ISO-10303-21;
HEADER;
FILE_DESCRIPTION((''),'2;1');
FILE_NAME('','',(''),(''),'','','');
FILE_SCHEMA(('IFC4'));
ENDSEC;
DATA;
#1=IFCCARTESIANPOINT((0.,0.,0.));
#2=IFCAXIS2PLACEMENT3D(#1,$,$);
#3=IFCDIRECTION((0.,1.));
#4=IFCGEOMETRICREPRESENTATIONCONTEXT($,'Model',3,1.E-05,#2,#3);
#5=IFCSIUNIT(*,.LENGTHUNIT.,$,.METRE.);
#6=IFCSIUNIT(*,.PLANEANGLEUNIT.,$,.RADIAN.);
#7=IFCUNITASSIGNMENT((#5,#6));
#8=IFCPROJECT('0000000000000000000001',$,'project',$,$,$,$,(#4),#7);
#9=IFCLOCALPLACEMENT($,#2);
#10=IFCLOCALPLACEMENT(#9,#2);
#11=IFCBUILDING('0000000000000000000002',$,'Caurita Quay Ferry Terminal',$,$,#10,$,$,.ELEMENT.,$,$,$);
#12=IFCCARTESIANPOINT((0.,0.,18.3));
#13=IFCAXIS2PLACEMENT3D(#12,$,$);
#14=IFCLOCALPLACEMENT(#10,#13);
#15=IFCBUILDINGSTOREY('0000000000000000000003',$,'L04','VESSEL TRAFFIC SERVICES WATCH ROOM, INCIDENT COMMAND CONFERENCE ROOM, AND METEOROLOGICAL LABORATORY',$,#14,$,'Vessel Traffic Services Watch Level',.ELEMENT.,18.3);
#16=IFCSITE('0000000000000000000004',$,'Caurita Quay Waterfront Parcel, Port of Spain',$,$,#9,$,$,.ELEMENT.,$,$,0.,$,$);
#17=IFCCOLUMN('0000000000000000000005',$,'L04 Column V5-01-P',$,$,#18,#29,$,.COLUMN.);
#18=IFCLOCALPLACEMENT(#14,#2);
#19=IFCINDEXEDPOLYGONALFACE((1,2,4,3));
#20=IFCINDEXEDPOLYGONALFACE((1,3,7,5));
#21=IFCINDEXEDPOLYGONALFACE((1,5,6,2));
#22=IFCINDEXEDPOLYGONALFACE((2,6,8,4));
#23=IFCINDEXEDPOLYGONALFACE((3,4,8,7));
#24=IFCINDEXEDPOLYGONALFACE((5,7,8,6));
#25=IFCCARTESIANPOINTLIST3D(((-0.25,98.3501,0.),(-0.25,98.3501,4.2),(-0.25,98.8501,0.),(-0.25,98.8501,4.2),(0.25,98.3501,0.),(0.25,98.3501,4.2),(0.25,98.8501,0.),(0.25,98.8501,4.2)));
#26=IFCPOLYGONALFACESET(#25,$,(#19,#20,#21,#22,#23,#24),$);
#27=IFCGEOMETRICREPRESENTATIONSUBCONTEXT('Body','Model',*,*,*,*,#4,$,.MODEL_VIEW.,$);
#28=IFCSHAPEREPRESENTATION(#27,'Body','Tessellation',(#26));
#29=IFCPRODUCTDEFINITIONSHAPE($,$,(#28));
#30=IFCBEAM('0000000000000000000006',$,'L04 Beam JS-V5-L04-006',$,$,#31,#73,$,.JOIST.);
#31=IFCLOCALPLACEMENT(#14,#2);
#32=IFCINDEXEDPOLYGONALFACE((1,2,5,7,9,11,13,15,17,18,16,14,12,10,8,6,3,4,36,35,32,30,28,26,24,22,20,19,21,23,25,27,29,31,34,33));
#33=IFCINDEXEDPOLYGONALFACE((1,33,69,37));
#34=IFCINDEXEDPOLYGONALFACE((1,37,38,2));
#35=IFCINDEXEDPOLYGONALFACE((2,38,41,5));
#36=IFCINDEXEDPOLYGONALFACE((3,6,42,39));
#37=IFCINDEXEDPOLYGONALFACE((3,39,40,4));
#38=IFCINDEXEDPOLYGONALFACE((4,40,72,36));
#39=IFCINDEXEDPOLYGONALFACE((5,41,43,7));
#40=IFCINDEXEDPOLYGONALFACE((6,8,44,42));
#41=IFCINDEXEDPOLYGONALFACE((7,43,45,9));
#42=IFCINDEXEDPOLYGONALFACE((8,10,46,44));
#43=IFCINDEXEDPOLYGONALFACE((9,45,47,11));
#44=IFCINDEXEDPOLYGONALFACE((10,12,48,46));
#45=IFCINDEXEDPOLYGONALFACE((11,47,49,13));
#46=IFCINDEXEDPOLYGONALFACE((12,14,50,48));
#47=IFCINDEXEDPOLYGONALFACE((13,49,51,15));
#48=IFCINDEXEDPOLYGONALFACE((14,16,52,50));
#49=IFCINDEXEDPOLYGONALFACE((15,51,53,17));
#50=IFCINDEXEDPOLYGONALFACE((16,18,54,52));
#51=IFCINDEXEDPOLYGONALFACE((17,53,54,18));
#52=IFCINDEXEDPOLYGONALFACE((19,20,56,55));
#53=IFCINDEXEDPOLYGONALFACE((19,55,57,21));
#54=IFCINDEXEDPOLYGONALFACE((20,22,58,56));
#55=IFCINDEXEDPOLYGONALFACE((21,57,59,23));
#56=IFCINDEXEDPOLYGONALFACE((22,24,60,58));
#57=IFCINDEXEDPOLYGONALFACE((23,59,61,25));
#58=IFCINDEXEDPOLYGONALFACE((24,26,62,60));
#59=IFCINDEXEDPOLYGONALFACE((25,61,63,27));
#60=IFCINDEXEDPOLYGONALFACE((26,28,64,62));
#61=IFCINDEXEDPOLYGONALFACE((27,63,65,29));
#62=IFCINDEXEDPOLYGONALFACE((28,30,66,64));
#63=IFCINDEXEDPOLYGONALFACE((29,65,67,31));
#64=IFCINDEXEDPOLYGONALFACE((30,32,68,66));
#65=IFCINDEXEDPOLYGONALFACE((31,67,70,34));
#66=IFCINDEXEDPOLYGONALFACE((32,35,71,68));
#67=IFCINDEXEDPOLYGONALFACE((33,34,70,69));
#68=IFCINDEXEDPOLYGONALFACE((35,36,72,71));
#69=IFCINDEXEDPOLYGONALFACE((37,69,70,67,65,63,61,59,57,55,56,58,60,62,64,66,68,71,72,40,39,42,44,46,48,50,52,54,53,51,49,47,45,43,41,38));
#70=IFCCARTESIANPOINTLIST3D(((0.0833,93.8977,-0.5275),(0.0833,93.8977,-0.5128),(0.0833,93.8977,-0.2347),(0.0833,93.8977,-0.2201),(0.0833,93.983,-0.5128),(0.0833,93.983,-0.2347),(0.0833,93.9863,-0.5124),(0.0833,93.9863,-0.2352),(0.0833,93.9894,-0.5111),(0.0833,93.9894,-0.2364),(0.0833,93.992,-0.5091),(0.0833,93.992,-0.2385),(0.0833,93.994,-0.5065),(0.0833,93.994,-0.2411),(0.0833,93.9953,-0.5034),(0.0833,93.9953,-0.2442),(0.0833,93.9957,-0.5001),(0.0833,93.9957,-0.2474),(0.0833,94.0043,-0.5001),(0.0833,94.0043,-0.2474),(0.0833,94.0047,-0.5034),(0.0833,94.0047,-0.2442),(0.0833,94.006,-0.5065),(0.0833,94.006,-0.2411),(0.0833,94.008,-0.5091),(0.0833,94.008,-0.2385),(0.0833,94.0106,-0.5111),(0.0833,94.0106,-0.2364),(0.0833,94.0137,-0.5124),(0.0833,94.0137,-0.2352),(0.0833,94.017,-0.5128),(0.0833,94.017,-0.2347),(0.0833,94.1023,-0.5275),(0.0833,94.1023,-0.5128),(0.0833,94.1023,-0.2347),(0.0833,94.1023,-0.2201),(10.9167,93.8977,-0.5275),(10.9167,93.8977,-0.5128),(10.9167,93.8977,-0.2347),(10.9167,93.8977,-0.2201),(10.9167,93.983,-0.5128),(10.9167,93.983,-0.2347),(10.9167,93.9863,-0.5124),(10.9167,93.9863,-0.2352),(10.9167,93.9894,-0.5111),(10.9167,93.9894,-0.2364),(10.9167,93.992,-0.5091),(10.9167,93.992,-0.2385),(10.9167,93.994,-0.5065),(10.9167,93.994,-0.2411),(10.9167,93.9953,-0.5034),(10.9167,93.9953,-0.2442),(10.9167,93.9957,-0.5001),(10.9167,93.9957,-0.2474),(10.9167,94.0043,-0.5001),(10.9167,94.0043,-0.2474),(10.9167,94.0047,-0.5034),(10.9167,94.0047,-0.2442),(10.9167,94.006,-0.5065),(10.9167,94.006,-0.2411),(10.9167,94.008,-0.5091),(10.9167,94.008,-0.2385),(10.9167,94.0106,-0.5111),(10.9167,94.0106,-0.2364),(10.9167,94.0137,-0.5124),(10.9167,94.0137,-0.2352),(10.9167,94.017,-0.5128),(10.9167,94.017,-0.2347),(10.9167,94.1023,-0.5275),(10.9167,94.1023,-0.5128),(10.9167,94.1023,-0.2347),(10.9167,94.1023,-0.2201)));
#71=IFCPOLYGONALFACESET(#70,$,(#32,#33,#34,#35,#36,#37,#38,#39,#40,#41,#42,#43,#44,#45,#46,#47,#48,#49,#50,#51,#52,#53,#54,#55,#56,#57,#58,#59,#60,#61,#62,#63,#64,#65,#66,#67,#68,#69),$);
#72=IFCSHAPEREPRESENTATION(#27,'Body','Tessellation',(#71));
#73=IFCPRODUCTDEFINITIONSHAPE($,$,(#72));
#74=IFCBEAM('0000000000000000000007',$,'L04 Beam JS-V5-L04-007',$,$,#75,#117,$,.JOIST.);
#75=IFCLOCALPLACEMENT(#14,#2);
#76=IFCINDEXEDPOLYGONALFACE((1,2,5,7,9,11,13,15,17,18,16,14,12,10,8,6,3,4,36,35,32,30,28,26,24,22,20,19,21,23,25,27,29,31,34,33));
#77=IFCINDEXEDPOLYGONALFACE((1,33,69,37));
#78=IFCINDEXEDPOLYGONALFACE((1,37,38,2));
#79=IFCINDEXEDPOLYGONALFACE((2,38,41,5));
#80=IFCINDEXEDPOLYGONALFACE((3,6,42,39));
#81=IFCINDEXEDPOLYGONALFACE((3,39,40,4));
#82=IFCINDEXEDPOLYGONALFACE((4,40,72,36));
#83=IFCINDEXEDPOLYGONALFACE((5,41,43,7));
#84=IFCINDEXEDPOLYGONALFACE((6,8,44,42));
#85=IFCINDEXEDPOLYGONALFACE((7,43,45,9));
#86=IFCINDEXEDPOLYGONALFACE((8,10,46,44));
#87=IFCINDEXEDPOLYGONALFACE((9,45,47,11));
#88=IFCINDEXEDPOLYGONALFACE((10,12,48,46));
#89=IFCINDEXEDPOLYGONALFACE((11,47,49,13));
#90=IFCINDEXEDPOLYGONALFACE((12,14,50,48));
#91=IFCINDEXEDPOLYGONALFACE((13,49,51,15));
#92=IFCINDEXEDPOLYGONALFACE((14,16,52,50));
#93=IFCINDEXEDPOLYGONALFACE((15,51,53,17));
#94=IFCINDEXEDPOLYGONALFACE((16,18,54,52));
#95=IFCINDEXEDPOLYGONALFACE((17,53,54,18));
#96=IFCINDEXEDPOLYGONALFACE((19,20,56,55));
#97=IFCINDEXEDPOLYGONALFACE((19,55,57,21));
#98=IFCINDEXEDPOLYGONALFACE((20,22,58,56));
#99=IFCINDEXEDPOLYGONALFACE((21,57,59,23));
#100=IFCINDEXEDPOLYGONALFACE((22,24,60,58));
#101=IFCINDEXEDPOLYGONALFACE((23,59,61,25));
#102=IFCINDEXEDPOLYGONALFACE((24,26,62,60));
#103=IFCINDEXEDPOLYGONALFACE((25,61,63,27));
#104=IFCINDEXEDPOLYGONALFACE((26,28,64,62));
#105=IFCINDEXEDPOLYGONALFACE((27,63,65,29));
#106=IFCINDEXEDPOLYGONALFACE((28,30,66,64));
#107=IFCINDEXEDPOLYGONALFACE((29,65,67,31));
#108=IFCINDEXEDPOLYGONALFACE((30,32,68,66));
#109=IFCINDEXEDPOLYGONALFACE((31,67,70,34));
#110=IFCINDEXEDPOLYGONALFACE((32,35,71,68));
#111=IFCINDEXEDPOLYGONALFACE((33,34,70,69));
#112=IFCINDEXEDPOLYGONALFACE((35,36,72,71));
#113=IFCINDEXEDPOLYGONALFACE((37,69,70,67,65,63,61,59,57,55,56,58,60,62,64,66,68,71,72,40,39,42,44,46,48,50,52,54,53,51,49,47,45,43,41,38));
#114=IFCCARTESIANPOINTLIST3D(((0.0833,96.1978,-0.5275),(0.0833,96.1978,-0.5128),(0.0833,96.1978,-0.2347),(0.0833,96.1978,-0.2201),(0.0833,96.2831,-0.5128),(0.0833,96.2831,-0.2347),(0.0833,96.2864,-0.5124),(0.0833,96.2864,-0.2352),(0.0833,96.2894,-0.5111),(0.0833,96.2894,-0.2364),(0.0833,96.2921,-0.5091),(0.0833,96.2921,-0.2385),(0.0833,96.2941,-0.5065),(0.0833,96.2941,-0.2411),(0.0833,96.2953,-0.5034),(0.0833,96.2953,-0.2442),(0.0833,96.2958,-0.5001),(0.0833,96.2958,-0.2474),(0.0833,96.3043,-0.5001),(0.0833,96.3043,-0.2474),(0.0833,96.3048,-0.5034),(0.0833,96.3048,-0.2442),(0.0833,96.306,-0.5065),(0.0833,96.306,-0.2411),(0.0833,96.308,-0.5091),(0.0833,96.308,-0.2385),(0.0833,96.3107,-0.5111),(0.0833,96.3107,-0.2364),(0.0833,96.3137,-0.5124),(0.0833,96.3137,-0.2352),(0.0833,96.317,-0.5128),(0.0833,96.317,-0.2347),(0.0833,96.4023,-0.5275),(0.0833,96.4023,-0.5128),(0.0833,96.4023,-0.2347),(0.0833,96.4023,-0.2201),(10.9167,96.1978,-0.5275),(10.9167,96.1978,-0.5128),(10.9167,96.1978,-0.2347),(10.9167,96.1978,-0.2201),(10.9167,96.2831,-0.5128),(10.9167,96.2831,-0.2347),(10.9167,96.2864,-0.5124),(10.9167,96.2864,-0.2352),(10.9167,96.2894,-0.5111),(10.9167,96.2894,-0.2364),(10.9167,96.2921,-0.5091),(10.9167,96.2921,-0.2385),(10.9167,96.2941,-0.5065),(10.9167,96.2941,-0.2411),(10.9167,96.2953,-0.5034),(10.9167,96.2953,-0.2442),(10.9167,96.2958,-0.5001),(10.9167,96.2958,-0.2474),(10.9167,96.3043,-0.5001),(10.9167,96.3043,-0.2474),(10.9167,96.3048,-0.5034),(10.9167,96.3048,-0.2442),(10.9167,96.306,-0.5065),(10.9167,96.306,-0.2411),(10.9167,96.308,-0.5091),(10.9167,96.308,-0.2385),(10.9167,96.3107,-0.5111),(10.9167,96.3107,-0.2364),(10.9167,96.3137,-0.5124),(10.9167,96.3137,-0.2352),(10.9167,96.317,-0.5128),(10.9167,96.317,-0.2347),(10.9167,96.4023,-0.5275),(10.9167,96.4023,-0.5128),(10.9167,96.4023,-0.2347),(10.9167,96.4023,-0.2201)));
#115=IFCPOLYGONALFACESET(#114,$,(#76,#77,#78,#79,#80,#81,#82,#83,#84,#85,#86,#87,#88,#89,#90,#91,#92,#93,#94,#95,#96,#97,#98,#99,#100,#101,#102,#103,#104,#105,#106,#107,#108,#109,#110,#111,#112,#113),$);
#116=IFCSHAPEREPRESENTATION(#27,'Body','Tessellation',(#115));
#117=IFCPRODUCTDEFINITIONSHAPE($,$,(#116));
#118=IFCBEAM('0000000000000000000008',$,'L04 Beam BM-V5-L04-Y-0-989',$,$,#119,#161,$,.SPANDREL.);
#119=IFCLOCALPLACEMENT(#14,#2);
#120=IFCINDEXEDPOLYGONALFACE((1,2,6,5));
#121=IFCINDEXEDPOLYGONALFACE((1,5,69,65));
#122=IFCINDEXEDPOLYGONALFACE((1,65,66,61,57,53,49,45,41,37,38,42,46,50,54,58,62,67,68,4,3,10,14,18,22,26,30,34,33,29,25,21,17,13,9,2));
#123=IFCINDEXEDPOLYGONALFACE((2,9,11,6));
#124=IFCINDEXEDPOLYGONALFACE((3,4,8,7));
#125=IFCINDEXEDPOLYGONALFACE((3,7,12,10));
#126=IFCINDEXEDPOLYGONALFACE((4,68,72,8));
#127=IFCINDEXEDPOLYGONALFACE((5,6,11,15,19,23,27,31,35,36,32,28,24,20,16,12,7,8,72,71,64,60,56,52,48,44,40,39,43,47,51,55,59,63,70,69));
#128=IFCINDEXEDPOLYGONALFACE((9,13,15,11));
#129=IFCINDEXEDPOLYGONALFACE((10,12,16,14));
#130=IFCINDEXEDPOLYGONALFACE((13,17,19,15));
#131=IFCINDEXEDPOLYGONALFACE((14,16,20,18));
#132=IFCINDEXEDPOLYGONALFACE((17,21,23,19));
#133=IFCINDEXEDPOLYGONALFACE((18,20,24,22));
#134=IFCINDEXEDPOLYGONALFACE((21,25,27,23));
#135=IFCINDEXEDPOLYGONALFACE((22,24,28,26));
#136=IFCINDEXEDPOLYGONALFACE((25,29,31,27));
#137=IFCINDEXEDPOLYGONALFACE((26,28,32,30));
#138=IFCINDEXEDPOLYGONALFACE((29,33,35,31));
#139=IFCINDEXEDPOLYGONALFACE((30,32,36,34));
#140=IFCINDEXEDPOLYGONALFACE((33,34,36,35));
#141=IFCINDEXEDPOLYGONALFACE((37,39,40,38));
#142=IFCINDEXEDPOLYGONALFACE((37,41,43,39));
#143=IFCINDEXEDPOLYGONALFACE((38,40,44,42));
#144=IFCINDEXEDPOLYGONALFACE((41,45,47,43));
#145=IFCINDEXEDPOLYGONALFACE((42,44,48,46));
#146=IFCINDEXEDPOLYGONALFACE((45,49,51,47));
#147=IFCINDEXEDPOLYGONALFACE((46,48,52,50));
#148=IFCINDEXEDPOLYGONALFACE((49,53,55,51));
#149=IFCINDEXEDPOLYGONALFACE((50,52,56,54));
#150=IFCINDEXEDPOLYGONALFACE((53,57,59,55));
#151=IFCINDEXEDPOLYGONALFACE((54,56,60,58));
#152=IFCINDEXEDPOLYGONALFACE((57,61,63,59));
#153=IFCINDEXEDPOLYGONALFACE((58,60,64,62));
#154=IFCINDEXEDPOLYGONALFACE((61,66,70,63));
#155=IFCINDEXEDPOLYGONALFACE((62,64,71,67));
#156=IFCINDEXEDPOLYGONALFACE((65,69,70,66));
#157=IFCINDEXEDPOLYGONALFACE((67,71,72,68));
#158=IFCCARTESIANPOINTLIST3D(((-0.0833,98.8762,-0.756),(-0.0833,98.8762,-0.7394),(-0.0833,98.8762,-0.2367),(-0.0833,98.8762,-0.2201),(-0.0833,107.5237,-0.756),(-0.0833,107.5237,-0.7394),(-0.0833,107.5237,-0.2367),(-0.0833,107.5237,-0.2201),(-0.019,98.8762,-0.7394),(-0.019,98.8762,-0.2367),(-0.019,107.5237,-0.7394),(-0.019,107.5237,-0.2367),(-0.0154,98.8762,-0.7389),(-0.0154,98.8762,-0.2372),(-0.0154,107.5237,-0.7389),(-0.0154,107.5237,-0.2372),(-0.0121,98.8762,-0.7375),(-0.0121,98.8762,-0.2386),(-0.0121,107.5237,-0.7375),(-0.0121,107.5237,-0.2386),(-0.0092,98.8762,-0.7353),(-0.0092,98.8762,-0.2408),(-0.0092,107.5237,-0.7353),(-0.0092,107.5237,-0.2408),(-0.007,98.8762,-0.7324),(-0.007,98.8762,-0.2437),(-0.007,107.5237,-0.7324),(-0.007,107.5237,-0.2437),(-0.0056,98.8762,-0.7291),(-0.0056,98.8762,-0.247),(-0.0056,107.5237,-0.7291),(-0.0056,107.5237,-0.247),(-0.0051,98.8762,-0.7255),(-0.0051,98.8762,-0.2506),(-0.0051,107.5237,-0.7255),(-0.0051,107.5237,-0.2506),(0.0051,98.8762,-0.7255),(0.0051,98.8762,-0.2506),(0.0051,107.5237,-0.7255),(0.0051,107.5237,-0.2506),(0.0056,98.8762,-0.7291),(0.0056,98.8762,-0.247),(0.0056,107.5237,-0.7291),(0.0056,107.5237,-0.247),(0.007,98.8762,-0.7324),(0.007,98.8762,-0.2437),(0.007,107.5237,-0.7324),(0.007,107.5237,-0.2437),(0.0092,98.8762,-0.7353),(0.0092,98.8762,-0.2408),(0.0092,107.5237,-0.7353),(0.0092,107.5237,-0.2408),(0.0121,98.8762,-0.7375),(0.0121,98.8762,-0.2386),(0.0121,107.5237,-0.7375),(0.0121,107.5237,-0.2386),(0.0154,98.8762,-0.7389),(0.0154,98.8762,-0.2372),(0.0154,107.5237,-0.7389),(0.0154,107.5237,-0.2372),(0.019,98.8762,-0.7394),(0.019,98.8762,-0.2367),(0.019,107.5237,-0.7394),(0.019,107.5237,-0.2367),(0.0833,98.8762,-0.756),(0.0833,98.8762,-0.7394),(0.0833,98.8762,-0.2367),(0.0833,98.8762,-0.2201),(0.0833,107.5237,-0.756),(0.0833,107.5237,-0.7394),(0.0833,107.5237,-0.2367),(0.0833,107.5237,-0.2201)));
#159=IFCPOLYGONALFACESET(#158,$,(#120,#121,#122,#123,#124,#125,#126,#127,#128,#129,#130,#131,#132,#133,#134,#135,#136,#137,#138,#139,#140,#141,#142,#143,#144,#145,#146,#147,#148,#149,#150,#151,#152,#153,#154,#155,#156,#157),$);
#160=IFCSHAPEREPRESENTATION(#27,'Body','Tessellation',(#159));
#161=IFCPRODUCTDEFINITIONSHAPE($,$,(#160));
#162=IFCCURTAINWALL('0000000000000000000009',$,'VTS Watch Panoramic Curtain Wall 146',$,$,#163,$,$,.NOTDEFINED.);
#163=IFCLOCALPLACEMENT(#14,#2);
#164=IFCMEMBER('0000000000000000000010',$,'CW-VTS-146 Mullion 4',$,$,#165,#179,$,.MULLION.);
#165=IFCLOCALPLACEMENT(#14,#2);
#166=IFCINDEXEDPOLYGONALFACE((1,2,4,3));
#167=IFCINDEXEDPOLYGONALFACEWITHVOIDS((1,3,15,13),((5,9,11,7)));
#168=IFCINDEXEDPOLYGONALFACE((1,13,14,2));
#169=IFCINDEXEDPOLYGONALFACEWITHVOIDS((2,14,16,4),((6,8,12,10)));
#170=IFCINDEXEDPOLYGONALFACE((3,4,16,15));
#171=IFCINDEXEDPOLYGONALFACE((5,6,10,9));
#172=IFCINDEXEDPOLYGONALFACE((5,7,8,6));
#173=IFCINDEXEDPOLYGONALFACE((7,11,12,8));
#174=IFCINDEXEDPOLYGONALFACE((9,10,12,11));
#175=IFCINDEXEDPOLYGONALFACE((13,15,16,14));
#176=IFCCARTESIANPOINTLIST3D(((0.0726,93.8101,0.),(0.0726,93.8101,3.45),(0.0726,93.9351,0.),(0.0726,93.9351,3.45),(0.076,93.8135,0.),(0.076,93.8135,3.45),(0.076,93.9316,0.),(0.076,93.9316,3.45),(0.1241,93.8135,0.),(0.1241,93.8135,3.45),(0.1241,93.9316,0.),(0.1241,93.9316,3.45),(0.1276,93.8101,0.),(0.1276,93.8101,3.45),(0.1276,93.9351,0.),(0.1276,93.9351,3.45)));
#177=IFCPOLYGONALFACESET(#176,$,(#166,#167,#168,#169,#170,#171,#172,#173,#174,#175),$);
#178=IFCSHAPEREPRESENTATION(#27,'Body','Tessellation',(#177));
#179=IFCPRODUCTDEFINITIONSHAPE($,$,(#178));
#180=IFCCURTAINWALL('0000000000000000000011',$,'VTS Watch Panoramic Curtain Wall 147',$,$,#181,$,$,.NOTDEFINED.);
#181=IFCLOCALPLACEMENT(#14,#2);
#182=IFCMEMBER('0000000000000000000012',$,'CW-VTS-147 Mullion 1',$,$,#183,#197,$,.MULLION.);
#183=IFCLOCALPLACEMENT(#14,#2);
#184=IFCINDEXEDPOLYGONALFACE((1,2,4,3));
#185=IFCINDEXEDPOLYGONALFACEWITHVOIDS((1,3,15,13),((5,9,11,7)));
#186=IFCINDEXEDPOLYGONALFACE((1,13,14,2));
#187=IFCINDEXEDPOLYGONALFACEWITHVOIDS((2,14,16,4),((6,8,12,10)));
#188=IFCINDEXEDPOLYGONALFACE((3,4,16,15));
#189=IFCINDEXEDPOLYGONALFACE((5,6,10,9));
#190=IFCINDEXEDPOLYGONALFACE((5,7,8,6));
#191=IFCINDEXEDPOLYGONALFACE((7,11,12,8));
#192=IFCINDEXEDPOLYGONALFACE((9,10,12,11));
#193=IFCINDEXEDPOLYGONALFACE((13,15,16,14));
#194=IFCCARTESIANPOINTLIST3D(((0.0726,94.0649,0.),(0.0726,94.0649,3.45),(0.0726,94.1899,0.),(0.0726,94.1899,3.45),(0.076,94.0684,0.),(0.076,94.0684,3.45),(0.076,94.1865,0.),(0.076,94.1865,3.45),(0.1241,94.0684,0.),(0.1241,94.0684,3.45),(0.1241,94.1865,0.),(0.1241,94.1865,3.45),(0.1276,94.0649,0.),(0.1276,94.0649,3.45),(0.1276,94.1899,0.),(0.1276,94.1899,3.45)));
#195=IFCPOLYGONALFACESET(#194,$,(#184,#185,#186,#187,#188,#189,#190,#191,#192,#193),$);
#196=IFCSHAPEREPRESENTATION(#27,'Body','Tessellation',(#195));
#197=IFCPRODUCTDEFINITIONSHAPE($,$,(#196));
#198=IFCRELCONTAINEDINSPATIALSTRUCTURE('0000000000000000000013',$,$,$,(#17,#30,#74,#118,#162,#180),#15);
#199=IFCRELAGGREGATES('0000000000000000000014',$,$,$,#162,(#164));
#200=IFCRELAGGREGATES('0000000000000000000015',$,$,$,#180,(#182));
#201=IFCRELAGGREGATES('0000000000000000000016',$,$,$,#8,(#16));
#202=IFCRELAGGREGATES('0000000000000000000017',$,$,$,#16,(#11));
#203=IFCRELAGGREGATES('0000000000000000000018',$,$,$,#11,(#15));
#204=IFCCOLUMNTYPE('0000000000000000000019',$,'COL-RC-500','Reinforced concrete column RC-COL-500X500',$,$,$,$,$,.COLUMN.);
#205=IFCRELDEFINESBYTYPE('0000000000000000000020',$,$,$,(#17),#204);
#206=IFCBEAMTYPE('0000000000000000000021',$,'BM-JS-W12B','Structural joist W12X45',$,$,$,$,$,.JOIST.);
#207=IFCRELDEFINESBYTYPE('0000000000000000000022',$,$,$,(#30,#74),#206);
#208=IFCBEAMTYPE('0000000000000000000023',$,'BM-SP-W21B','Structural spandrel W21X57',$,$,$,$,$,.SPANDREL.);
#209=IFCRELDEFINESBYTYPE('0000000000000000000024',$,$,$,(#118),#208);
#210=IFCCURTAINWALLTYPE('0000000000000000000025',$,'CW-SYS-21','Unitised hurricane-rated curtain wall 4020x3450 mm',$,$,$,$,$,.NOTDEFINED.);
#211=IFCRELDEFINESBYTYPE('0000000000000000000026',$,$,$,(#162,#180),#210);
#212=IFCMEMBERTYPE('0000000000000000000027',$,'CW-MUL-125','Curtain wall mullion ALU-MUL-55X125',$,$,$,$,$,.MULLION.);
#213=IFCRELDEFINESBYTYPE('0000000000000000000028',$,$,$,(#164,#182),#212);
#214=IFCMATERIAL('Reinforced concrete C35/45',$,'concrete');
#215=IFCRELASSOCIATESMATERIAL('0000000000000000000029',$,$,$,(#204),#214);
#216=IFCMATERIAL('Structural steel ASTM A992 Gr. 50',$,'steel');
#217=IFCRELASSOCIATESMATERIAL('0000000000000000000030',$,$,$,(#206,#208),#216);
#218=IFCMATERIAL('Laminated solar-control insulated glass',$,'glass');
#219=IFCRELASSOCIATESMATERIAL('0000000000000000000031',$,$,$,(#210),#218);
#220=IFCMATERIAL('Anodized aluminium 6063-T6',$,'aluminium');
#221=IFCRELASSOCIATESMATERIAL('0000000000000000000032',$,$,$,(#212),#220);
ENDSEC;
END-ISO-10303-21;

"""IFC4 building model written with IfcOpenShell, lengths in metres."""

from ifc_helpers import new_model, si_unit, direction, frame, origin, origin_2d, place, context, subcontext, project, spatial, rectangle, hollow_rectangle, i_section, extrude, material, material_profile, profile_set, type_object, element, aggregate, save


model = new_model("IFC4")

# Units and contexts
model_context = context("Model", 3, precision=1e-05, world=origin(), true_north=direction((0.0, 1.0)))
body_context = subcontext(model_context, "Body", "Model", "MODEL_VIEW")
ifc_project = project(units=[si_unit("LENGTHUNIT", "METRE"), si_unit("PLANEANGLEUNIT", "RADIAN")], contexts=[model_context])

# Site, building, storey
site_placement = place(None, origin())
site = spatial("IfcSite", under=ifc_project, at=site_placement, Name="Caurita Quay Waterfront Parcel, Port of Spain", CompositionType="ELEMENT", RefElevation=0.0)
building_placement = place(site_placement, origin())
building = spatial("IfcBuilding", under=site, at=building_placement, Name="Caurita Quay Ferry Terminal", CompositionType="ELEMENT")
storey_placement = place(building_placement, frame((0.0, 0.0, 18.3)))
storey = spatial("IfcBuildingStorey", under=building, at=storey_placement, Name="L04", Description="VESSEL TRAFFIC SERVICES WATCH ROOM, INCIDENT COMMAND CONFERENCE ROOM, AND METEOROLOGICAL LABORATORY", LongName="Vessel Traffic Services Watch Level", CompositionType="ELEMENT", Elevation=18.3)

# Column
ifc_material_1 = material(Name="Reinforced concrete C35/45", Category="concrete")
ifc_material_profile_1 = material_profile(ifc_material_1, rectangle(XDim=0.5, YDim=0.5, at=origin_2d()), Name="RC-COL-500X500")
ifc_profile_set_1 = profile_set([ifc_material_profile_1], Name="Reinforced concrete C35/45")
column_type = type_object("IfcColumnType", Name="COL-RC-500", Description="Reinforced concrete column RC-COL-500X500", PredefinedType="COLUMN", material=ifc_profile_set_1)
column_placement = place(storey_placement, frame((0.0, 98.6001, 0.0), z_axis=(0.0, 0.0, 1.0), x_axis=(1.0, 0.0, 0.0)))
element("IfcColumn", 1, at=column_placement, inside=storey, type_object=column_type, Name="L04 Column V5-01-P", PredefinedType="COLUMN", context=body_context, shape_type="SweptSolid", body=[
    extrude(rectangle(XDim=0.5, YDim=0.5, at=origin_2d()), origin(), (0.0, 0.0, 1.0), 4.2),
])

# Beams
ifc_material_2 = material(Name="Structural steel ASTM A992 Gr. 50", Category="steel")
ifc_material_profile_2 = material_profile(ifc_material_2, i_section(OverallWidth=0.2046, OverallDepth=0.3074, WebThickness=0.0085, FlangeThickness=0.0146, FilletRadius=0.0127, at=origin_2d()), Name="W12X45")
ifc_profile_set_2 = profile_set([ifc_material_profile_2], Name="Structural steel ASTM A992 Gr. 50")
beam_type_1 = type_object("IfcBeamType", Name="BM-JS-W12B", Description="Structural joist W12X45", PredefinedType="JOIST", material=ifc_profile_set_2)
for number, where, z_axis, x_axis, name in (
    (2, (0.0833, 94.0, -0.3738), (1.0, 0.0, 0.0), (0.0, 1.0, 0.0), "L04 Beam JS-V5-L04-006"),
    (3, (0.0833, 96.3, -0.3738), (1.0, 0.0, 0.0), (0.0, 1.0, 0.0), "L04 Beam JS-V5-L04-007"),
):
    element("IfcBeam", number, at=place(storey_placement, frame(where, z_axis=z_axis, x_axis=x_axis)), inside=storey, type_object=beam_type_1, Name=name, PredefinedType="JOIST", context=body_context, shape_type="SweptSolid", body=[
        extrude(i_section(OverallWidth=0.2046, OverallDepth=0.3074, WebThickness=0.0085, FlangeThickness=0.0146, FilletRadius=0.0127, at=origin_2d()), origin(), (0.0, 0.0, 1.0), 10.8335),
    ])
ifc_material_profile_3 = material_profile(ifc_material_2, i_section(OverallWidth=0.1665, OverallDepth=0.5359, WebThickness=0.0103, FlangeThickness=0.0166, FilletRadius=0.0139, at=origin_2d()), Name="W21X57")
ifc_profile_set_3 = profile_set([ifc_material_profile_3], Name="Structural steel ASTM A992 Gr. 50")
beam_type_2 = type_object("IfcBeamType", Name="BM-SP-W21B", Description="Structural spandrel W21X57", PredefinedType="SPANDREL", material=ifc_profile_set_3)
beam_placement = place(storey_placement, frame((0.0, 98.8762, -0.488), z_axis=(0.0, 1.0, 0.0), x_axis=(-1.0, 0.0, 0.0)))
element("IfcBeam", 4, at=beam_placement, inside=storey, type_object=beam_type_2, Name="L04 Beam BM-V5-L04-Y-0-989", PredefinedType="SPANDREL", context=body_context, shape_type="SweptSolid", body=[
    extrude(i_section(OverallWidth=0.1665, OverallDepth=0.5359, WebThickness=0.0103, FlangeThickness=0.0166, FilletRadius=0.0139, at=origin_2d()), origin(), (0.0, 0.0, 1.0), 8.6475),
])

# Curtain wall, member
ifc_material_3 = material(Name="Laminated solar-control insulated glass", Category="glass")
curtain_wall_type = type_object("IfcCurtainWallType", Name="CW-SYS-21", Description="Unitised hurricane-rated curtain wall 4020x3450 mm", PredefinedType="NOTDEFINED", material=ifc_material_3)
curtain_wall_1_placement = place(storey_placement, origin())
curtain_wall_1 = element("IfcCurtainWall", 5, at=curtain_wall_1_placement, inside=storey, type_object=curtain_wall_type, Name="VTS Watch Panoramic Curtain Wall 146", PredefinedType="NOTDEFINED")
ifc_material_4 = material(Name="Anodized aluminium 6063-T6", Category="aluminium")
ifc_material_profile_4 = material_profile(ifc_material_4, hollow_rectangle(XDim=0.0549, YDim=0.125, WallThickness=0.0034, at=origin_2d()), Name="ALU-MUL-55X125")
ifc_profile_set_4 = profile_set([ifc_material_profile_4], Name="Anodized aluminium 6063-T6")
member_type_1 = type_object("IfcMemberType", Name="CW-MUL-125", Description="Curtain wall mullion ALU-MUL-55X125", PredefinedType="MULLION", material=ifc_profile_set_4)
member_1_placement = place(storey_placement, frame((0.1001, 93.8726, 0.0), z_axis=(0.0, 0.0, 1.0), x_axis=(-1.0, 0.0, 0.0)))
member_1 = element("IfcMember", 6, at=member_1_placement, type_object=member_type_1, Name="CW-VTS-146 Mullion 4", PredefinedType="MULLION", context=body_context, shape_type="SweptSolid", body=[
    extrude(hollow_rectangle(XDim=0.0549, YDim=0.125, WallThickness=0.0034, at=origin_2d()), origin(), (0.0, 0.0, 1.0), 3.45),
])

# Curtain wall, member
curtain_wall_2_placement = place(storey_placement, origin())
curtain_wall_2 = element("IfcCurtainWall", 7, at=curtain_wall_2_placement, inside=storey, type_object=curtain_wall_type, Name="VTS Watch Panoramic Curtain Wall 147", PredefinedType="NOTDEFINED")
member_2_placement = place(storey_placement, frame((0.1001, 94.1274, 0.0), z_axis=(0.0, 0.0, 1.0), x_axis=(-1.0, 0.0, 0.0)))
member_2 = element("IfcMember", 8, at=member_2_placement, type_object=member_type_1, Name="CW-VTS-147 Mullion 1", PredefinedType="MULLION", context=body_context, shape_type="SweptSolid", body=[
    extrude(hollow_rectangle(XDim=0.0549, YDim=0.125, WallThickness=0.0034, at=origin_2d()), origin(), (0.0, 0.0, 1.0), 3.45),
])

aggregate(curtain_wall_1, [member_1])
aggregate(curtain_wall_2, [member_2])

save(model, "model.ifc")
